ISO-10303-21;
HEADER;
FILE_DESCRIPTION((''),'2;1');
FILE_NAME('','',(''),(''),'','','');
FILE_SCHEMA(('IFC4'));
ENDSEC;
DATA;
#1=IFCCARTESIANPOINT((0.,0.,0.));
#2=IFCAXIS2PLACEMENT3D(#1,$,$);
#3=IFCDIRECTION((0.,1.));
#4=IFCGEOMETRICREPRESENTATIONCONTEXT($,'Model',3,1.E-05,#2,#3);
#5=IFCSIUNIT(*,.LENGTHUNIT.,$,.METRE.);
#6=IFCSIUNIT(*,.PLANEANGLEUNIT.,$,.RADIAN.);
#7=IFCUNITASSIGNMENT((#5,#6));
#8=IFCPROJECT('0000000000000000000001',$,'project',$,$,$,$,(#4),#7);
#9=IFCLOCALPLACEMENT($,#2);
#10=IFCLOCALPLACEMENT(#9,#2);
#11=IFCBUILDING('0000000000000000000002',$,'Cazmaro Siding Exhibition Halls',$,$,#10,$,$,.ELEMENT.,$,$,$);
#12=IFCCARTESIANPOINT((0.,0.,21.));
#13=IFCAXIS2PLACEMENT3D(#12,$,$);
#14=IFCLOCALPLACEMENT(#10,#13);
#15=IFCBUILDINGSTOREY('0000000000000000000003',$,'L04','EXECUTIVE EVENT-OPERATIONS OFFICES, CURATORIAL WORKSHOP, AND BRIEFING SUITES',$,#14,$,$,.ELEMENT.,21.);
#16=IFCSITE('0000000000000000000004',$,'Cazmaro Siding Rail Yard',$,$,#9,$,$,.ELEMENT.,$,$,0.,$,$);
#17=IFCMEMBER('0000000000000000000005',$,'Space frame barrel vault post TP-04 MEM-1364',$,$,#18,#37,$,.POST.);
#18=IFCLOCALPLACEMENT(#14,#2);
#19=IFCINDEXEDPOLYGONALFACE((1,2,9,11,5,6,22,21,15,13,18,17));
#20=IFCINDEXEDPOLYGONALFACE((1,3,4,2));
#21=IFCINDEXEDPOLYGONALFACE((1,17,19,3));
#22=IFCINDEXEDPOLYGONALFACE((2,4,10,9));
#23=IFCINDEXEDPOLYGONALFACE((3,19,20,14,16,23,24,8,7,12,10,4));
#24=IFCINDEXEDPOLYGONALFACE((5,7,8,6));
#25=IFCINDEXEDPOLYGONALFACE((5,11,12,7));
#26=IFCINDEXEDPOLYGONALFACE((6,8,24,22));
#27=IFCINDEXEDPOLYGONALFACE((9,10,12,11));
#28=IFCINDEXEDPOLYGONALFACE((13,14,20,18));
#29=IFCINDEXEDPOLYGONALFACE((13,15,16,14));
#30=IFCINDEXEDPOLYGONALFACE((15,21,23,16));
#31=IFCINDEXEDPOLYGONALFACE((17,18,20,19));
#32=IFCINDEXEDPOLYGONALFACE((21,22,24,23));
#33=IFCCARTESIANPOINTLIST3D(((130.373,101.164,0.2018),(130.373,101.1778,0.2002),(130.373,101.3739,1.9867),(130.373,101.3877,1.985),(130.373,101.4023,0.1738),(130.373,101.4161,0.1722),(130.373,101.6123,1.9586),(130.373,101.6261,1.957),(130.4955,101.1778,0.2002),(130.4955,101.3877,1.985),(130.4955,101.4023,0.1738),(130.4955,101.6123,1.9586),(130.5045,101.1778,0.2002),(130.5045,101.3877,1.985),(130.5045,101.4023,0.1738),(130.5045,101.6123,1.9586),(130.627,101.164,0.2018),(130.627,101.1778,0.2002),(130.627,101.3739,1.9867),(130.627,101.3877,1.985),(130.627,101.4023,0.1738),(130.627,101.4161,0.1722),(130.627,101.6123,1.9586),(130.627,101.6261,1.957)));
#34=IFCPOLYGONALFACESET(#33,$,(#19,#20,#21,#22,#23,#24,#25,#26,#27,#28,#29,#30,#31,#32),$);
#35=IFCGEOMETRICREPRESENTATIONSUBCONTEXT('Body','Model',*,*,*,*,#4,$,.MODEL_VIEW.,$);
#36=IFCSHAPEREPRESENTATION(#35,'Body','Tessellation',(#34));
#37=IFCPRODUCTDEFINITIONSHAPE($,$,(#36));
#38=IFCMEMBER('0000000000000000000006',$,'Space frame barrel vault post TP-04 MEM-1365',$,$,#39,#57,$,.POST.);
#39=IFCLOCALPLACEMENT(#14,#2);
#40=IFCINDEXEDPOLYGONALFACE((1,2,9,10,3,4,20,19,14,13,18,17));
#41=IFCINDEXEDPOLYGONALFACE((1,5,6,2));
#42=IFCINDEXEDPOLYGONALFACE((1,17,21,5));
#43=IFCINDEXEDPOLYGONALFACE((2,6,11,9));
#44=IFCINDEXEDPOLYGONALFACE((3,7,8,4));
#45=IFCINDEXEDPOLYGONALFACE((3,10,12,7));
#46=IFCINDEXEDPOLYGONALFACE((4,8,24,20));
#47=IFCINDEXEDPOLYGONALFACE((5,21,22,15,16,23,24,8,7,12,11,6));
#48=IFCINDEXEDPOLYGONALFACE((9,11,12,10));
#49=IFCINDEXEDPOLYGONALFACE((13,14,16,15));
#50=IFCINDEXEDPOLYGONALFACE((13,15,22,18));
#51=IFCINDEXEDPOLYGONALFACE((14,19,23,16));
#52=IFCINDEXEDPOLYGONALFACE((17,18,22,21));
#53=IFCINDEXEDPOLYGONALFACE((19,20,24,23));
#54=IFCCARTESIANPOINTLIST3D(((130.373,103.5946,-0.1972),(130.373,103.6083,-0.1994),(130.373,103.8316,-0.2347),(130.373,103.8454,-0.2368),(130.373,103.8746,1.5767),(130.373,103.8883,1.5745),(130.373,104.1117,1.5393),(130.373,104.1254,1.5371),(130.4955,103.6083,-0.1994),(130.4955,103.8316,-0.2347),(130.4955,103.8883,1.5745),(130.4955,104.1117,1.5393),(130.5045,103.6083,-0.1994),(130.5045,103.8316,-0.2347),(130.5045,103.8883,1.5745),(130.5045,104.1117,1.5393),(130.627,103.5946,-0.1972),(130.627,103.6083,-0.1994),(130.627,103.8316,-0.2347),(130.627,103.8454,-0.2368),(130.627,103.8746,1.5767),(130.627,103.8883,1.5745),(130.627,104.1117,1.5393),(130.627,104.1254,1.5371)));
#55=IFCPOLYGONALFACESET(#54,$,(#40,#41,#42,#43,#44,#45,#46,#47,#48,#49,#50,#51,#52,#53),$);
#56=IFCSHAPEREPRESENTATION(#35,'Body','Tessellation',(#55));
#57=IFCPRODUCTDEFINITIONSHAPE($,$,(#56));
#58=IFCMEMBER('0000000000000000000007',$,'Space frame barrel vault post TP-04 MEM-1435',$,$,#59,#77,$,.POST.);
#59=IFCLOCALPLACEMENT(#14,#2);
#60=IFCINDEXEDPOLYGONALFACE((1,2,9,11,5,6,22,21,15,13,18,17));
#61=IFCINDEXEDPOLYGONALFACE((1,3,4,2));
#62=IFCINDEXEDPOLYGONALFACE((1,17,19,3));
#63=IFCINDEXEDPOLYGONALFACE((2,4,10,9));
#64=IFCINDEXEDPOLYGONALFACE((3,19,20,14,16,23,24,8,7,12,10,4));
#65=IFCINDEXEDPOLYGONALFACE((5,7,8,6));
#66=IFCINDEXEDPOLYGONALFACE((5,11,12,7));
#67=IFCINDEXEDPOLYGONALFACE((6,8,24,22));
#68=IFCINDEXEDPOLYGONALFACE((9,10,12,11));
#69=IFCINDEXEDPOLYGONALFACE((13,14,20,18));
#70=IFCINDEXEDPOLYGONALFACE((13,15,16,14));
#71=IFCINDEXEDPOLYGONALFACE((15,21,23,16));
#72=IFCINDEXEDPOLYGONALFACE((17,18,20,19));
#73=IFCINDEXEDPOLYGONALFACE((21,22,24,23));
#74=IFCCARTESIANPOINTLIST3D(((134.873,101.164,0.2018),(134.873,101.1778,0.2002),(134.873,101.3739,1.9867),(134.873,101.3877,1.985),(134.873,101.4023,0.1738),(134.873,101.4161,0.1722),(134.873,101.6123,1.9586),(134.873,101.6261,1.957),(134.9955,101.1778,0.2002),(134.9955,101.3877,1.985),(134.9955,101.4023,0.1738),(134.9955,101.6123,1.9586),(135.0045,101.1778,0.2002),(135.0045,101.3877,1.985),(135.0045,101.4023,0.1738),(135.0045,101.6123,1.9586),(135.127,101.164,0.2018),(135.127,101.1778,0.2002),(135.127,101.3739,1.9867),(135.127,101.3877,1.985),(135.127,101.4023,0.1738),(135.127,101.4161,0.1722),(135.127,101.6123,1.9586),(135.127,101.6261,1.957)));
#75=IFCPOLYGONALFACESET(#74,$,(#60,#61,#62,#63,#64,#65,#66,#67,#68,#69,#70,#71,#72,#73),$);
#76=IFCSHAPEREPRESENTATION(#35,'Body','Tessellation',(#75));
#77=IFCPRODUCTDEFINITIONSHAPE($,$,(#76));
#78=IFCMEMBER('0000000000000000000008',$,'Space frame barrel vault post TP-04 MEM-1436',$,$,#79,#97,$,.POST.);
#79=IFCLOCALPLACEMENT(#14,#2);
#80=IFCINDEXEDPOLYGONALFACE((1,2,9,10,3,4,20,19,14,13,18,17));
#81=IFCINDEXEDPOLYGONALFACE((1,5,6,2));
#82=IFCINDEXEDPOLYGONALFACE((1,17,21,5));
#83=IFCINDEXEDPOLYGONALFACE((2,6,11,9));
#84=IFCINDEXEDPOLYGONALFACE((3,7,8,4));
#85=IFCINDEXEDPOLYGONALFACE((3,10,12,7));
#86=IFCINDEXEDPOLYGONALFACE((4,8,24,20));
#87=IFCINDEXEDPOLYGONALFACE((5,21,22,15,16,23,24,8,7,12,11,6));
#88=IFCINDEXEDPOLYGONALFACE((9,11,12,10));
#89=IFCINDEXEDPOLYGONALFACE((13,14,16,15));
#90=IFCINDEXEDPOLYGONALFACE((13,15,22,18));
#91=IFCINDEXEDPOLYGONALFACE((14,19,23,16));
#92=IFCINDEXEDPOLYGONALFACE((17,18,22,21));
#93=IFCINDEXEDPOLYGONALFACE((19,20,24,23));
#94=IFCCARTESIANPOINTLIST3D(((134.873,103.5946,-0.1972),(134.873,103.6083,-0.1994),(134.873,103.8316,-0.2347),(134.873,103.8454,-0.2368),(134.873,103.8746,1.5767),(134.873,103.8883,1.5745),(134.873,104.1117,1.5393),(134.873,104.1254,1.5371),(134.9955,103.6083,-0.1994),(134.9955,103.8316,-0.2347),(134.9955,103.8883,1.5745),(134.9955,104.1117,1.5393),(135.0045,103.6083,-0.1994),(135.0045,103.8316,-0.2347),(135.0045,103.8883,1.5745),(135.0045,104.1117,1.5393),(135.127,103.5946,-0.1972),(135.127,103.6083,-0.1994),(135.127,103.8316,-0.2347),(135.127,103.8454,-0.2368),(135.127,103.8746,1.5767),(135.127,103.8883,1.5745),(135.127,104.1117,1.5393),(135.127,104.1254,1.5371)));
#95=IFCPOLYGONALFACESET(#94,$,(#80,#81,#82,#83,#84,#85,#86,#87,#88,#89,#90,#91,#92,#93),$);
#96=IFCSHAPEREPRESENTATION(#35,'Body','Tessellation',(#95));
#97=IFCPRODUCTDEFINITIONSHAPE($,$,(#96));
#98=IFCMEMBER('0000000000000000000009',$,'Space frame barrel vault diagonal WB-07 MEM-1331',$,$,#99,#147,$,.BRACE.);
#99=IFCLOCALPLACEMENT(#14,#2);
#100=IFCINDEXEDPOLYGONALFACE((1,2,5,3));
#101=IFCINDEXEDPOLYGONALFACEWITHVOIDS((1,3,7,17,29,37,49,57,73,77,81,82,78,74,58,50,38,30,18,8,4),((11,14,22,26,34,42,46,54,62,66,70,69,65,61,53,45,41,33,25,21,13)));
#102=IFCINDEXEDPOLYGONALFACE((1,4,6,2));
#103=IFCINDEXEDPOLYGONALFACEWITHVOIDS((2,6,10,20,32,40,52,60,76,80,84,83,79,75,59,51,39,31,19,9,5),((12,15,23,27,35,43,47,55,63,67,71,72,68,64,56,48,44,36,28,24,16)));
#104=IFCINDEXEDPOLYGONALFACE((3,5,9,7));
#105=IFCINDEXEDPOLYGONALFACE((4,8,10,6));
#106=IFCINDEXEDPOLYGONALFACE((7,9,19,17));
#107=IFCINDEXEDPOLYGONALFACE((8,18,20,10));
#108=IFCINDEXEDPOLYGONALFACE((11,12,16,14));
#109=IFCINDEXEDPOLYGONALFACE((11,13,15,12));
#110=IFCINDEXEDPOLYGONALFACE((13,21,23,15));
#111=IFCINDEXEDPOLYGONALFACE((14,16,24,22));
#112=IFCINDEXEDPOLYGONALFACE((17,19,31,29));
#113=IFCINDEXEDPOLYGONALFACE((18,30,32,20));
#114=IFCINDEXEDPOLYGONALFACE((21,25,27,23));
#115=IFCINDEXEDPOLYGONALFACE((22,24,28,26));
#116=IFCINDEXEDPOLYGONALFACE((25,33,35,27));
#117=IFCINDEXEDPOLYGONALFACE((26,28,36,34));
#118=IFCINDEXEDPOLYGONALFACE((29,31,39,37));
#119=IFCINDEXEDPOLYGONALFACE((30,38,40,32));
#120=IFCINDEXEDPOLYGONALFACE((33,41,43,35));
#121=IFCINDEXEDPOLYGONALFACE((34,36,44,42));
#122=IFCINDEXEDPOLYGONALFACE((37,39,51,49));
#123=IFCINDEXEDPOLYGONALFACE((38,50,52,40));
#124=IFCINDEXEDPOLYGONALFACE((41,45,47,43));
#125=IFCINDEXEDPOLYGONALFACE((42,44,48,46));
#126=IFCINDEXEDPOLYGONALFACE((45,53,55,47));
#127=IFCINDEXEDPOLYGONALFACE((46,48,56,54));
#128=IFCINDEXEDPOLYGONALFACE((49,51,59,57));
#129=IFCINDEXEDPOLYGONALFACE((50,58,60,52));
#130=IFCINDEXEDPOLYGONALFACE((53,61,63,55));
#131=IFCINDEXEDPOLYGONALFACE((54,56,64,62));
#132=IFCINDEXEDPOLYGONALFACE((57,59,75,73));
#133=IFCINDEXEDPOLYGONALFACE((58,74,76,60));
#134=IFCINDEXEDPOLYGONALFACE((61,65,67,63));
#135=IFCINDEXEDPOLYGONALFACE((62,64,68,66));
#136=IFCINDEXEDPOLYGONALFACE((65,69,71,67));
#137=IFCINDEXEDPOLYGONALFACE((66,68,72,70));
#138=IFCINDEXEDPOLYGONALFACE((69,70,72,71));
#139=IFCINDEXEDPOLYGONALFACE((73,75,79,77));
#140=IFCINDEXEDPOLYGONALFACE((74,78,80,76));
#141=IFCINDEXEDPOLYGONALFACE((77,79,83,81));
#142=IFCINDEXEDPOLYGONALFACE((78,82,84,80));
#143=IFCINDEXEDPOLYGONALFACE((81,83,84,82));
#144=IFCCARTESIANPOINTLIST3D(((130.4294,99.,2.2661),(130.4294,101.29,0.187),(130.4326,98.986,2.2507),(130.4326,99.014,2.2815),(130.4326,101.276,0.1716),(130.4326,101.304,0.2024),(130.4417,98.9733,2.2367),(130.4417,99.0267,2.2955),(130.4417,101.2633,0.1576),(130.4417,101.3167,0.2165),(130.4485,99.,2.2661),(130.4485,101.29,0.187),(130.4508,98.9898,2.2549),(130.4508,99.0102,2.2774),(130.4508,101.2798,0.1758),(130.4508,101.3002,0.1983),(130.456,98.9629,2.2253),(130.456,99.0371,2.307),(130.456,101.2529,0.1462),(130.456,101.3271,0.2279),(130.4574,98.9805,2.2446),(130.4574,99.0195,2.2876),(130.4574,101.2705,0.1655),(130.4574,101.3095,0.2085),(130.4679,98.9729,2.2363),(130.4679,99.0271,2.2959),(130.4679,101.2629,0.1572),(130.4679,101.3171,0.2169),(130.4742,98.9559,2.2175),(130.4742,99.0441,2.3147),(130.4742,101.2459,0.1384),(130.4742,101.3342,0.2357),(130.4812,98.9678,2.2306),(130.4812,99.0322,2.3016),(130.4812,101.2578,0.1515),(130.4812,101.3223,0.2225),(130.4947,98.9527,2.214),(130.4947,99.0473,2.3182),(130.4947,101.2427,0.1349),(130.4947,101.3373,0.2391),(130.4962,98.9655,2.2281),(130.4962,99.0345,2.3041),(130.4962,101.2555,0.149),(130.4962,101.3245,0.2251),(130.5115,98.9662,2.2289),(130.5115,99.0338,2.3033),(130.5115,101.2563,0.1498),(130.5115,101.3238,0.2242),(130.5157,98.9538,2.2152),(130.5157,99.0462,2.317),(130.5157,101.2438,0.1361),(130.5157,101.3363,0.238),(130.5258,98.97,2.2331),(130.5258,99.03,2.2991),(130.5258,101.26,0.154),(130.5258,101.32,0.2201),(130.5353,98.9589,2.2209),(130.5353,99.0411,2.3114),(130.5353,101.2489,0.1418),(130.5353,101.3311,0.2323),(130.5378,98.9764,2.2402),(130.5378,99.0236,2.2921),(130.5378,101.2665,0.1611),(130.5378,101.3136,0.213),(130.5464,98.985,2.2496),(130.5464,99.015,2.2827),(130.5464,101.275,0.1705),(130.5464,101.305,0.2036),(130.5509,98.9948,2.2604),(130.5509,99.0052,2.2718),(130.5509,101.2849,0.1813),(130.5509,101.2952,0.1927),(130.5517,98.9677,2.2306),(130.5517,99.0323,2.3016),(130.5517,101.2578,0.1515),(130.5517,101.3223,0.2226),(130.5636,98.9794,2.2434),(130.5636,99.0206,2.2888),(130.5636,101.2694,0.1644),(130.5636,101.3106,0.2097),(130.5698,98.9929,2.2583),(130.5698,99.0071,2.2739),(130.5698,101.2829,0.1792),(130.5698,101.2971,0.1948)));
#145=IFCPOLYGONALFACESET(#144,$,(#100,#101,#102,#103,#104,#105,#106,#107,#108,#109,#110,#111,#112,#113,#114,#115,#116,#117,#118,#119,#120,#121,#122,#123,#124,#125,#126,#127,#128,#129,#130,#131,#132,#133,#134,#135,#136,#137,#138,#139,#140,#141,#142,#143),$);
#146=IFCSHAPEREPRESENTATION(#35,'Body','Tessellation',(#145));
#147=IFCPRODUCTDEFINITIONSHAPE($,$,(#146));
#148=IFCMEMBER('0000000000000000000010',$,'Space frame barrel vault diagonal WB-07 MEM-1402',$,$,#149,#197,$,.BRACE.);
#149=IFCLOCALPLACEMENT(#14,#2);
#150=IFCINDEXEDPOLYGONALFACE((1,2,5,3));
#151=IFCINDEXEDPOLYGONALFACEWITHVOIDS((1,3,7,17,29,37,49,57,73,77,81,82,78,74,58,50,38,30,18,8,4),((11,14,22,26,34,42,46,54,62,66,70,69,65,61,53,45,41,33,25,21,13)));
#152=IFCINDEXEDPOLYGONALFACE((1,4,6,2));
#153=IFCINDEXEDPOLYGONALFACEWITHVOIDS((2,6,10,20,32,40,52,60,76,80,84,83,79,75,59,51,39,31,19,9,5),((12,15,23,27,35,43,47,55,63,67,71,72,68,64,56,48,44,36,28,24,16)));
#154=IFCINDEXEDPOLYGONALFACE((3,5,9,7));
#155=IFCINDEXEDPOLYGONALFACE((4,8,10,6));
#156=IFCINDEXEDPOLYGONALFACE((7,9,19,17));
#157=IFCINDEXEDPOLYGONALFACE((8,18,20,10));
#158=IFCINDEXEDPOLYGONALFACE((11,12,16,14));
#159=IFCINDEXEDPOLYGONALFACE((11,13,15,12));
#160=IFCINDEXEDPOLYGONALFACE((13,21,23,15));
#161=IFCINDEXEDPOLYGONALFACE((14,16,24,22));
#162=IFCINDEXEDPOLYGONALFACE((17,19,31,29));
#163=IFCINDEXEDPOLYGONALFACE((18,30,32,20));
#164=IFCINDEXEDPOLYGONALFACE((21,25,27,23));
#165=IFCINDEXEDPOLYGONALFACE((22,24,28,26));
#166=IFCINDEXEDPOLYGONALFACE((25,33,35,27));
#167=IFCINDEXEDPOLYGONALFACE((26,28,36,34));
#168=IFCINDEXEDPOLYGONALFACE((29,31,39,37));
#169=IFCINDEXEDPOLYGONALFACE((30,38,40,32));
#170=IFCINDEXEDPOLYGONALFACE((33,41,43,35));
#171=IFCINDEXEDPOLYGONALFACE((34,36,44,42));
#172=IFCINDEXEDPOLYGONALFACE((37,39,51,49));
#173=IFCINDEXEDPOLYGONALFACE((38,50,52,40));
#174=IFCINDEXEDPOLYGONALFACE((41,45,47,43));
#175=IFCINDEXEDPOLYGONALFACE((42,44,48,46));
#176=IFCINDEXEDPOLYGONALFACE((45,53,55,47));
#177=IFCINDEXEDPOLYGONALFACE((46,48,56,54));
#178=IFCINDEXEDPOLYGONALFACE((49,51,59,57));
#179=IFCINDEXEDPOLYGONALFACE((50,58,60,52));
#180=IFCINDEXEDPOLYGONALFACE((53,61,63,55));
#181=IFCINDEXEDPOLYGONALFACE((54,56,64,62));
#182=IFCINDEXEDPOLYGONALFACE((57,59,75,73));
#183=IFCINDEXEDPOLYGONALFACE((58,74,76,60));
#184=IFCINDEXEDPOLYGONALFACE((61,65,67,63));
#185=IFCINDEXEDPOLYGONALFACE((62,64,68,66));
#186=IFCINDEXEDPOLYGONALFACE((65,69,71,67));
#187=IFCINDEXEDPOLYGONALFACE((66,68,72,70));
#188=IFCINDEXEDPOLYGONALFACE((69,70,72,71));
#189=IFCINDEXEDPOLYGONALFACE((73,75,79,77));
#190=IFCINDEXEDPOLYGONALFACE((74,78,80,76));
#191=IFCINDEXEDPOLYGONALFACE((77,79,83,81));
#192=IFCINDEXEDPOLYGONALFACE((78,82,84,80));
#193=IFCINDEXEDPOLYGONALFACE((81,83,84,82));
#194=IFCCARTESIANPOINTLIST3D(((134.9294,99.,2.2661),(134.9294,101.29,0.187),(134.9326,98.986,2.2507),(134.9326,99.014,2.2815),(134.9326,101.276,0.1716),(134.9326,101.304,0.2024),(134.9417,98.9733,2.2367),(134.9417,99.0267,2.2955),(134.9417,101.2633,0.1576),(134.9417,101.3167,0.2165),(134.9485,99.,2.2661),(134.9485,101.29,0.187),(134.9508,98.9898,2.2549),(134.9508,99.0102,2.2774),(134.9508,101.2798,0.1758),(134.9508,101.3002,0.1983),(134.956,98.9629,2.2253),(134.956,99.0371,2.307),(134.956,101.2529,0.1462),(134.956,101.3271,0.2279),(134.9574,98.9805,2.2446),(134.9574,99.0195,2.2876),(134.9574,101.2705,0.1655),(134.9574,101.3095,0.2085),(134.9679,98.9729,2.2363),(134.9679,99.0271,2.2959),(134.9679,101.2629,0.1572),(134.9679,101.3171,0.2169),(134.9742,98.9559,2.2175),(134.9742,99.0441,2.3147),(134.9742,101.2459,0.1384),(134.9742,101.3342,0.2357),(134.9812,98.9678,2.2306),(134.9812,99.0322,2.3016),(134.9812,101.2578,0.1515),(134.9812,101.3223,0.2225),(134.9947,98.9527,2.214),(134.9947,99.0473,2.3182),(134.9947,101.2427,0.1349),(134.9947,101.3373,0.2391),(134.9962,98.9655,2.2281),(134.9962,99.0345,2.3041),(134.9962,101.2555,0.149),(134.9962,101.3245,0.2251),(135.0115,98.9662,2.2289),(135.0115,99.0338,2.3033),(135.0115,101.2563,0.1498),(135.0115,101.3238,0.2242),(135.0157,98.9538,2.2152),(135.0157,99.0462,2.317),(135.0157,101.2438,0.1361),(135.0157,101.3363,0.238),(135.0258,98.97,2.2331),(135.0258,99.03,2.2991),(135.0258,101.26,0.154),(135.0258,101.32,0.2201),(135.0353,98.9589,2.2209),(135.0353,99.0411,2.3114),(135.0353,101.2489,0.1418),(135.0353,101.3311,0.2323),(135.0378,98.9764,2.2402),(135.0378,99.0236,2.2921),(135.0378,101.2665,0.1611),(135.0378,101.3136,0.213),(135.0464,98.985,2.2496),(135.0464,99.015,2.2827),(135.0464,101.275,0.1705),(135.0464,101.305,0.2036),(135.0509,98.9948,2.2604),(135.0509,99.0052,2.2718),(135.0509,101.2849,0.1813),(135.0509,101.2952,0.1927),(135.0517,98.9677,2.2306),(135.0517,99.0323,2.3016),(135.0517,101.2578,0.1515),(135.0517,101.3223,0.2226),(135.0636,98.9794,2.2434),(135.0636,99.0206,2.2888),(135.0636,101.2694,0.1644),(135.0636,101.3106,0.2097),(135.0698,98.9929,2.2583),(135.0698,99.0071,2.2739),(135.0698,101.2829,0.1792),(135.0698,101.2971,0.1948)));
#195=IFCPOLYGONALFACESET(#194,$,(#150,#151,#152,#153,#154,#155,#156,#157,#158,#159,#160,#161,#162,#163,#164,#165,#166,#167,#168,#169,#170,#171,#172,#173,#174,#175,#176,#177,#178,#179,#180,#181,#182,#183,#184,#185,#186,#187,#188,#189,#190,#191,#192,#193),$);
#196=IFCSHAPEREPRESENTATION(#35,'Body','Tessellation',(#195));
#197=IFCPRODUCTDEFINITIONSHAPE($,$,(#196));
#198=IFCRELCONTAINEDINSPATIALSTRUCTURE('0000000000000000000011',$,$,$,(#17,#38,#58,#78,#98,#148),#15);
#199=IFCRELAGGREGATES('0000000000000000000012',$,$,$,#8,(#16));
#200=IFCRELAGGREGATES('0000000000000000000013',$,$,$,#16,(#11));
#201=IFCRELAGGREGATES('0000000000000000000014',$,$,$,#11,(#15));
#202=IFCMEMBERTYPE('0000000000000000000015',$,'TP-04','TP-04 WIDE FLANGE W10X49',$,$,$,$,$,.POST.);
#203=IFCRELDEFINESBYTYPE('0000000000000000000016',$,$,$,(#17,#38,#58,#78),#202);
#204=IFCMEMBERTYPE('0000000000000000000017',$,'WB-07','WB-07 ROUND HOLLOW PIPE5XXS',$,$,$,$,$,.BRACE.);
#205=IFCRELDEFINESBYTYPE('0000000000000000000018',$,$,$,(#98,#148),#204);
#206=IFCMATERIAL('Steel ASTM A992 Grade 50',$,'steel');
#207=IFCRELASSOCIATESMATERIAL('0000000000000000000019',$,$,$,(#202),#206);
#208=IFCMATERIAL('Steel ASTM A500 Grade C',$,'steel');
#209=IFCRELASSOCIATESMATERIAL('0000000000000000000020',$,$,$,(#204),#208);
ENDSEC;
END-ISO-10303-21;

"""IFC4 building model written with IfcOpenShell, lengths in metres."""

from ifc_helpers import new_model, si_unit, direction, frame, origin, origin_2d, place, context, subcontext, project, spatial, hollow_circle, i_section, extrude, material, material_profile, profile_set, type_object, element, save


model = new_model("IFC4")

# Units and contexts
model_context = context("Model", 3, precision=1e-05, world=origin(), true_north=direction((0.0, 1.0)))
body_context = subcontext(model_context, "Body", "Model", "MODEL_VIEW")
ifc_project = project(units=[si_unit("LENGTHUNIT", "METRE"), si_unit("PLANEANGLEUNIT", "RADIAN")], contexts=[model_context])

# Site, building, storey
site_placement = place(None, origin())
site = spatial("IfcSite", under=ifc_project, at=site_placement, Name="Cazmaro Siding Rail Yard", CompositionType="ELEMENT", RefElevation=0.0)
building_placement = place(site_placement, origin())
building = spatial("IfcBuilding", under=site, at=building_placement, Name="Cazmaro Siding Exhibition Halls", CompositionType="ELEMENT")
storey_placement = place(building_placement, frame((0.0, 0.0, 21.0)))
storey = spatial("IfcBuildingStorey", under=building, at=storey_placement, Name="L04", Description="EXECUTIVE EVENT-OPERATIONS OFFICES, CURATORIAL WORKSHOP, AND BRIEFING SUITES", CompositionType="ELEMENT", Elevation=21.0)

# Members
ifc_material_1 = material(Name="Steel ASTM A992 Grade 50", Category="steel")
ifc_material_profile_1 = material_profile(ifc_material_1, i_section(OverallWidth=0.2539, OverallDepth=0.2539, WebThickness=0.009, FlangeThickness=0.0139, at=origin_2d()), Name="W10X49")
ifc_profile_set_1 = profile_set([ifc_material_profile_1], Name="Steel ASTM A992 Grade 50")
member_type_1 = type_object("IfcMemberType", Name="TP-04", Description="TP-04 WIDE FLANGE W10X49", PredefinedType="POST", material=ifc_profile_set_1)
member_1_placement = place(storey_placement, frame((130.5, 101.29, 0.187), z_axis=(0.0, 0.116825, 0.993152), x_axis=(-1.0, 0.0, 0.0)))
element("IfcMember", 1, at=member_1_placement, inside=storey, type_object=member_type_1, Name="Space frame barrel vault post TP-04 MEM-1364", PredefinedType="POST", context=body_context, shape_type="SweptSolid", body=[
    extrude(i_section(OverallWidth=0.2539, OverallDepth=0.2539, WebThickness=0.009, FlangeThickness=0.0139, at=origin_2d()), origin(), (0.0, 0.0, 1.0), 1.7971),
])
member_2_placement = place(storey_placement, frame((130.5, 103.72, -0.217), z_axis=(0.0, 0.155928, 0.987768), x_axis=(-1.0, 0.0, 0.0)))
element("IfcMember", 2, at=member_2_placement, inside=storey, type_object=member_type_1, Name="Space frame barrel vault post TP-04 MEM-1365", PredefinedType="POST", context=body_context, shape_type="SweptSolid", body=[
    extrude(i_section(OverallWidth=0.2539, OverallDepth=0.2539, WebThickness=0.009, FlangeThickness=0.0139, at=origin_2d()), origin(), (0.0, 0.0, 1.0), 1.7959),
])
member_3_placement = place(storey_placement, frame((135.0, 101.29, 0.187), z_axis=(0.0, 0.116825, 0.993152), x_axis=(-1.0, 0.0, 0.0)))
element("IfcMember", 3, at=member_3_placement, inside=storey, type_object=member_type_1, Name="Space frame barrel vault post TP-04 MEM-1435", PredefinedType="POST", context=body_context, shape_type="SweptSolid", body=[
    extrude(i_section(OverallWidth=0.2539, OverallDepth=0.2539, WebThickness=0.009, FlangeThickness=0.0139, at=origin_2d()), origin(), (0.0, 0.0, 1.0), 1.7971),
])
member_4_placement = place(storey_placement, frame((135.0, 103.72, -0.217), z_axis=(0.0, 0.155928, 0.987768), x_axis=(-1.0, 0.0, 0.0)))
element("IfcMember", 4, at=member_4_placement, inside=storey, type_object=member_type_1, Name="Space frame barrel vault post TP-04 MEM-1436", PredefinedType="POST", context=body_context, shape_type="SweptSolid", body=[
    extrude(i_section(OverallWidth=0.2539, OverallDepth=0.2539, WebThickness=0.009, FlangeThickness=0.0139, at=origin_2d()), origin(), (0.0, 0.0, 1.0), 1.7959),
])
ifc_material_2 = material(Name="Steel ASTM A500 Grade C", Category="steel")
ifc_material_profile_2 = material_profile(ifc_material_2, hollow_circle(Radius=0.0706, WallThickness=0.019, at=origin_2d()), Name="PIPE5XXS")
ifc_profile_set_2 = profile_set([ifc_material_profile_2], Name="Steel ASTM A500 Grade C")
member_type_2 = type_object("IfcMemberType", Name="WB-07", Description="WB-07 ROUND HOLLOW PIPE5XXS", PredefinedType="BRACE", material=ifc_profile_set_2)
for number, where, z_axis, x_axis, name in (
    (5, (130.5, 99.0, 2.2661), (0.0, 0.740383, -0.672185), (-1.0, 0.0, 0.0), "Space frame barrel vault diagonal WB-07 MEM-1331"),
    (6, (135.0, 99.0, 2.2661), (0.0, 0.740383, -0.672185), (-1.0, 0.0, 0.0), "Space frame barrel vault diagonal WB-07 MEM-1402"),
):
    element("IfcMember", number, at=place(storey_placement, frame(where, z_axis=z_axis, x_axis=x_axis)), inside=storey, type_object=member_type_2, Name=name, PredefinedType="BRACE", context=body_context, shape_type="SweptSolid", body=[
        extrude(hollow_circle(Radius=0.0706, WallThickness=0.019, at=origin_2d()), origin(), (0.0, 0.0, 1.0), 3.093),
    ])

save(model, "model.ifc")
